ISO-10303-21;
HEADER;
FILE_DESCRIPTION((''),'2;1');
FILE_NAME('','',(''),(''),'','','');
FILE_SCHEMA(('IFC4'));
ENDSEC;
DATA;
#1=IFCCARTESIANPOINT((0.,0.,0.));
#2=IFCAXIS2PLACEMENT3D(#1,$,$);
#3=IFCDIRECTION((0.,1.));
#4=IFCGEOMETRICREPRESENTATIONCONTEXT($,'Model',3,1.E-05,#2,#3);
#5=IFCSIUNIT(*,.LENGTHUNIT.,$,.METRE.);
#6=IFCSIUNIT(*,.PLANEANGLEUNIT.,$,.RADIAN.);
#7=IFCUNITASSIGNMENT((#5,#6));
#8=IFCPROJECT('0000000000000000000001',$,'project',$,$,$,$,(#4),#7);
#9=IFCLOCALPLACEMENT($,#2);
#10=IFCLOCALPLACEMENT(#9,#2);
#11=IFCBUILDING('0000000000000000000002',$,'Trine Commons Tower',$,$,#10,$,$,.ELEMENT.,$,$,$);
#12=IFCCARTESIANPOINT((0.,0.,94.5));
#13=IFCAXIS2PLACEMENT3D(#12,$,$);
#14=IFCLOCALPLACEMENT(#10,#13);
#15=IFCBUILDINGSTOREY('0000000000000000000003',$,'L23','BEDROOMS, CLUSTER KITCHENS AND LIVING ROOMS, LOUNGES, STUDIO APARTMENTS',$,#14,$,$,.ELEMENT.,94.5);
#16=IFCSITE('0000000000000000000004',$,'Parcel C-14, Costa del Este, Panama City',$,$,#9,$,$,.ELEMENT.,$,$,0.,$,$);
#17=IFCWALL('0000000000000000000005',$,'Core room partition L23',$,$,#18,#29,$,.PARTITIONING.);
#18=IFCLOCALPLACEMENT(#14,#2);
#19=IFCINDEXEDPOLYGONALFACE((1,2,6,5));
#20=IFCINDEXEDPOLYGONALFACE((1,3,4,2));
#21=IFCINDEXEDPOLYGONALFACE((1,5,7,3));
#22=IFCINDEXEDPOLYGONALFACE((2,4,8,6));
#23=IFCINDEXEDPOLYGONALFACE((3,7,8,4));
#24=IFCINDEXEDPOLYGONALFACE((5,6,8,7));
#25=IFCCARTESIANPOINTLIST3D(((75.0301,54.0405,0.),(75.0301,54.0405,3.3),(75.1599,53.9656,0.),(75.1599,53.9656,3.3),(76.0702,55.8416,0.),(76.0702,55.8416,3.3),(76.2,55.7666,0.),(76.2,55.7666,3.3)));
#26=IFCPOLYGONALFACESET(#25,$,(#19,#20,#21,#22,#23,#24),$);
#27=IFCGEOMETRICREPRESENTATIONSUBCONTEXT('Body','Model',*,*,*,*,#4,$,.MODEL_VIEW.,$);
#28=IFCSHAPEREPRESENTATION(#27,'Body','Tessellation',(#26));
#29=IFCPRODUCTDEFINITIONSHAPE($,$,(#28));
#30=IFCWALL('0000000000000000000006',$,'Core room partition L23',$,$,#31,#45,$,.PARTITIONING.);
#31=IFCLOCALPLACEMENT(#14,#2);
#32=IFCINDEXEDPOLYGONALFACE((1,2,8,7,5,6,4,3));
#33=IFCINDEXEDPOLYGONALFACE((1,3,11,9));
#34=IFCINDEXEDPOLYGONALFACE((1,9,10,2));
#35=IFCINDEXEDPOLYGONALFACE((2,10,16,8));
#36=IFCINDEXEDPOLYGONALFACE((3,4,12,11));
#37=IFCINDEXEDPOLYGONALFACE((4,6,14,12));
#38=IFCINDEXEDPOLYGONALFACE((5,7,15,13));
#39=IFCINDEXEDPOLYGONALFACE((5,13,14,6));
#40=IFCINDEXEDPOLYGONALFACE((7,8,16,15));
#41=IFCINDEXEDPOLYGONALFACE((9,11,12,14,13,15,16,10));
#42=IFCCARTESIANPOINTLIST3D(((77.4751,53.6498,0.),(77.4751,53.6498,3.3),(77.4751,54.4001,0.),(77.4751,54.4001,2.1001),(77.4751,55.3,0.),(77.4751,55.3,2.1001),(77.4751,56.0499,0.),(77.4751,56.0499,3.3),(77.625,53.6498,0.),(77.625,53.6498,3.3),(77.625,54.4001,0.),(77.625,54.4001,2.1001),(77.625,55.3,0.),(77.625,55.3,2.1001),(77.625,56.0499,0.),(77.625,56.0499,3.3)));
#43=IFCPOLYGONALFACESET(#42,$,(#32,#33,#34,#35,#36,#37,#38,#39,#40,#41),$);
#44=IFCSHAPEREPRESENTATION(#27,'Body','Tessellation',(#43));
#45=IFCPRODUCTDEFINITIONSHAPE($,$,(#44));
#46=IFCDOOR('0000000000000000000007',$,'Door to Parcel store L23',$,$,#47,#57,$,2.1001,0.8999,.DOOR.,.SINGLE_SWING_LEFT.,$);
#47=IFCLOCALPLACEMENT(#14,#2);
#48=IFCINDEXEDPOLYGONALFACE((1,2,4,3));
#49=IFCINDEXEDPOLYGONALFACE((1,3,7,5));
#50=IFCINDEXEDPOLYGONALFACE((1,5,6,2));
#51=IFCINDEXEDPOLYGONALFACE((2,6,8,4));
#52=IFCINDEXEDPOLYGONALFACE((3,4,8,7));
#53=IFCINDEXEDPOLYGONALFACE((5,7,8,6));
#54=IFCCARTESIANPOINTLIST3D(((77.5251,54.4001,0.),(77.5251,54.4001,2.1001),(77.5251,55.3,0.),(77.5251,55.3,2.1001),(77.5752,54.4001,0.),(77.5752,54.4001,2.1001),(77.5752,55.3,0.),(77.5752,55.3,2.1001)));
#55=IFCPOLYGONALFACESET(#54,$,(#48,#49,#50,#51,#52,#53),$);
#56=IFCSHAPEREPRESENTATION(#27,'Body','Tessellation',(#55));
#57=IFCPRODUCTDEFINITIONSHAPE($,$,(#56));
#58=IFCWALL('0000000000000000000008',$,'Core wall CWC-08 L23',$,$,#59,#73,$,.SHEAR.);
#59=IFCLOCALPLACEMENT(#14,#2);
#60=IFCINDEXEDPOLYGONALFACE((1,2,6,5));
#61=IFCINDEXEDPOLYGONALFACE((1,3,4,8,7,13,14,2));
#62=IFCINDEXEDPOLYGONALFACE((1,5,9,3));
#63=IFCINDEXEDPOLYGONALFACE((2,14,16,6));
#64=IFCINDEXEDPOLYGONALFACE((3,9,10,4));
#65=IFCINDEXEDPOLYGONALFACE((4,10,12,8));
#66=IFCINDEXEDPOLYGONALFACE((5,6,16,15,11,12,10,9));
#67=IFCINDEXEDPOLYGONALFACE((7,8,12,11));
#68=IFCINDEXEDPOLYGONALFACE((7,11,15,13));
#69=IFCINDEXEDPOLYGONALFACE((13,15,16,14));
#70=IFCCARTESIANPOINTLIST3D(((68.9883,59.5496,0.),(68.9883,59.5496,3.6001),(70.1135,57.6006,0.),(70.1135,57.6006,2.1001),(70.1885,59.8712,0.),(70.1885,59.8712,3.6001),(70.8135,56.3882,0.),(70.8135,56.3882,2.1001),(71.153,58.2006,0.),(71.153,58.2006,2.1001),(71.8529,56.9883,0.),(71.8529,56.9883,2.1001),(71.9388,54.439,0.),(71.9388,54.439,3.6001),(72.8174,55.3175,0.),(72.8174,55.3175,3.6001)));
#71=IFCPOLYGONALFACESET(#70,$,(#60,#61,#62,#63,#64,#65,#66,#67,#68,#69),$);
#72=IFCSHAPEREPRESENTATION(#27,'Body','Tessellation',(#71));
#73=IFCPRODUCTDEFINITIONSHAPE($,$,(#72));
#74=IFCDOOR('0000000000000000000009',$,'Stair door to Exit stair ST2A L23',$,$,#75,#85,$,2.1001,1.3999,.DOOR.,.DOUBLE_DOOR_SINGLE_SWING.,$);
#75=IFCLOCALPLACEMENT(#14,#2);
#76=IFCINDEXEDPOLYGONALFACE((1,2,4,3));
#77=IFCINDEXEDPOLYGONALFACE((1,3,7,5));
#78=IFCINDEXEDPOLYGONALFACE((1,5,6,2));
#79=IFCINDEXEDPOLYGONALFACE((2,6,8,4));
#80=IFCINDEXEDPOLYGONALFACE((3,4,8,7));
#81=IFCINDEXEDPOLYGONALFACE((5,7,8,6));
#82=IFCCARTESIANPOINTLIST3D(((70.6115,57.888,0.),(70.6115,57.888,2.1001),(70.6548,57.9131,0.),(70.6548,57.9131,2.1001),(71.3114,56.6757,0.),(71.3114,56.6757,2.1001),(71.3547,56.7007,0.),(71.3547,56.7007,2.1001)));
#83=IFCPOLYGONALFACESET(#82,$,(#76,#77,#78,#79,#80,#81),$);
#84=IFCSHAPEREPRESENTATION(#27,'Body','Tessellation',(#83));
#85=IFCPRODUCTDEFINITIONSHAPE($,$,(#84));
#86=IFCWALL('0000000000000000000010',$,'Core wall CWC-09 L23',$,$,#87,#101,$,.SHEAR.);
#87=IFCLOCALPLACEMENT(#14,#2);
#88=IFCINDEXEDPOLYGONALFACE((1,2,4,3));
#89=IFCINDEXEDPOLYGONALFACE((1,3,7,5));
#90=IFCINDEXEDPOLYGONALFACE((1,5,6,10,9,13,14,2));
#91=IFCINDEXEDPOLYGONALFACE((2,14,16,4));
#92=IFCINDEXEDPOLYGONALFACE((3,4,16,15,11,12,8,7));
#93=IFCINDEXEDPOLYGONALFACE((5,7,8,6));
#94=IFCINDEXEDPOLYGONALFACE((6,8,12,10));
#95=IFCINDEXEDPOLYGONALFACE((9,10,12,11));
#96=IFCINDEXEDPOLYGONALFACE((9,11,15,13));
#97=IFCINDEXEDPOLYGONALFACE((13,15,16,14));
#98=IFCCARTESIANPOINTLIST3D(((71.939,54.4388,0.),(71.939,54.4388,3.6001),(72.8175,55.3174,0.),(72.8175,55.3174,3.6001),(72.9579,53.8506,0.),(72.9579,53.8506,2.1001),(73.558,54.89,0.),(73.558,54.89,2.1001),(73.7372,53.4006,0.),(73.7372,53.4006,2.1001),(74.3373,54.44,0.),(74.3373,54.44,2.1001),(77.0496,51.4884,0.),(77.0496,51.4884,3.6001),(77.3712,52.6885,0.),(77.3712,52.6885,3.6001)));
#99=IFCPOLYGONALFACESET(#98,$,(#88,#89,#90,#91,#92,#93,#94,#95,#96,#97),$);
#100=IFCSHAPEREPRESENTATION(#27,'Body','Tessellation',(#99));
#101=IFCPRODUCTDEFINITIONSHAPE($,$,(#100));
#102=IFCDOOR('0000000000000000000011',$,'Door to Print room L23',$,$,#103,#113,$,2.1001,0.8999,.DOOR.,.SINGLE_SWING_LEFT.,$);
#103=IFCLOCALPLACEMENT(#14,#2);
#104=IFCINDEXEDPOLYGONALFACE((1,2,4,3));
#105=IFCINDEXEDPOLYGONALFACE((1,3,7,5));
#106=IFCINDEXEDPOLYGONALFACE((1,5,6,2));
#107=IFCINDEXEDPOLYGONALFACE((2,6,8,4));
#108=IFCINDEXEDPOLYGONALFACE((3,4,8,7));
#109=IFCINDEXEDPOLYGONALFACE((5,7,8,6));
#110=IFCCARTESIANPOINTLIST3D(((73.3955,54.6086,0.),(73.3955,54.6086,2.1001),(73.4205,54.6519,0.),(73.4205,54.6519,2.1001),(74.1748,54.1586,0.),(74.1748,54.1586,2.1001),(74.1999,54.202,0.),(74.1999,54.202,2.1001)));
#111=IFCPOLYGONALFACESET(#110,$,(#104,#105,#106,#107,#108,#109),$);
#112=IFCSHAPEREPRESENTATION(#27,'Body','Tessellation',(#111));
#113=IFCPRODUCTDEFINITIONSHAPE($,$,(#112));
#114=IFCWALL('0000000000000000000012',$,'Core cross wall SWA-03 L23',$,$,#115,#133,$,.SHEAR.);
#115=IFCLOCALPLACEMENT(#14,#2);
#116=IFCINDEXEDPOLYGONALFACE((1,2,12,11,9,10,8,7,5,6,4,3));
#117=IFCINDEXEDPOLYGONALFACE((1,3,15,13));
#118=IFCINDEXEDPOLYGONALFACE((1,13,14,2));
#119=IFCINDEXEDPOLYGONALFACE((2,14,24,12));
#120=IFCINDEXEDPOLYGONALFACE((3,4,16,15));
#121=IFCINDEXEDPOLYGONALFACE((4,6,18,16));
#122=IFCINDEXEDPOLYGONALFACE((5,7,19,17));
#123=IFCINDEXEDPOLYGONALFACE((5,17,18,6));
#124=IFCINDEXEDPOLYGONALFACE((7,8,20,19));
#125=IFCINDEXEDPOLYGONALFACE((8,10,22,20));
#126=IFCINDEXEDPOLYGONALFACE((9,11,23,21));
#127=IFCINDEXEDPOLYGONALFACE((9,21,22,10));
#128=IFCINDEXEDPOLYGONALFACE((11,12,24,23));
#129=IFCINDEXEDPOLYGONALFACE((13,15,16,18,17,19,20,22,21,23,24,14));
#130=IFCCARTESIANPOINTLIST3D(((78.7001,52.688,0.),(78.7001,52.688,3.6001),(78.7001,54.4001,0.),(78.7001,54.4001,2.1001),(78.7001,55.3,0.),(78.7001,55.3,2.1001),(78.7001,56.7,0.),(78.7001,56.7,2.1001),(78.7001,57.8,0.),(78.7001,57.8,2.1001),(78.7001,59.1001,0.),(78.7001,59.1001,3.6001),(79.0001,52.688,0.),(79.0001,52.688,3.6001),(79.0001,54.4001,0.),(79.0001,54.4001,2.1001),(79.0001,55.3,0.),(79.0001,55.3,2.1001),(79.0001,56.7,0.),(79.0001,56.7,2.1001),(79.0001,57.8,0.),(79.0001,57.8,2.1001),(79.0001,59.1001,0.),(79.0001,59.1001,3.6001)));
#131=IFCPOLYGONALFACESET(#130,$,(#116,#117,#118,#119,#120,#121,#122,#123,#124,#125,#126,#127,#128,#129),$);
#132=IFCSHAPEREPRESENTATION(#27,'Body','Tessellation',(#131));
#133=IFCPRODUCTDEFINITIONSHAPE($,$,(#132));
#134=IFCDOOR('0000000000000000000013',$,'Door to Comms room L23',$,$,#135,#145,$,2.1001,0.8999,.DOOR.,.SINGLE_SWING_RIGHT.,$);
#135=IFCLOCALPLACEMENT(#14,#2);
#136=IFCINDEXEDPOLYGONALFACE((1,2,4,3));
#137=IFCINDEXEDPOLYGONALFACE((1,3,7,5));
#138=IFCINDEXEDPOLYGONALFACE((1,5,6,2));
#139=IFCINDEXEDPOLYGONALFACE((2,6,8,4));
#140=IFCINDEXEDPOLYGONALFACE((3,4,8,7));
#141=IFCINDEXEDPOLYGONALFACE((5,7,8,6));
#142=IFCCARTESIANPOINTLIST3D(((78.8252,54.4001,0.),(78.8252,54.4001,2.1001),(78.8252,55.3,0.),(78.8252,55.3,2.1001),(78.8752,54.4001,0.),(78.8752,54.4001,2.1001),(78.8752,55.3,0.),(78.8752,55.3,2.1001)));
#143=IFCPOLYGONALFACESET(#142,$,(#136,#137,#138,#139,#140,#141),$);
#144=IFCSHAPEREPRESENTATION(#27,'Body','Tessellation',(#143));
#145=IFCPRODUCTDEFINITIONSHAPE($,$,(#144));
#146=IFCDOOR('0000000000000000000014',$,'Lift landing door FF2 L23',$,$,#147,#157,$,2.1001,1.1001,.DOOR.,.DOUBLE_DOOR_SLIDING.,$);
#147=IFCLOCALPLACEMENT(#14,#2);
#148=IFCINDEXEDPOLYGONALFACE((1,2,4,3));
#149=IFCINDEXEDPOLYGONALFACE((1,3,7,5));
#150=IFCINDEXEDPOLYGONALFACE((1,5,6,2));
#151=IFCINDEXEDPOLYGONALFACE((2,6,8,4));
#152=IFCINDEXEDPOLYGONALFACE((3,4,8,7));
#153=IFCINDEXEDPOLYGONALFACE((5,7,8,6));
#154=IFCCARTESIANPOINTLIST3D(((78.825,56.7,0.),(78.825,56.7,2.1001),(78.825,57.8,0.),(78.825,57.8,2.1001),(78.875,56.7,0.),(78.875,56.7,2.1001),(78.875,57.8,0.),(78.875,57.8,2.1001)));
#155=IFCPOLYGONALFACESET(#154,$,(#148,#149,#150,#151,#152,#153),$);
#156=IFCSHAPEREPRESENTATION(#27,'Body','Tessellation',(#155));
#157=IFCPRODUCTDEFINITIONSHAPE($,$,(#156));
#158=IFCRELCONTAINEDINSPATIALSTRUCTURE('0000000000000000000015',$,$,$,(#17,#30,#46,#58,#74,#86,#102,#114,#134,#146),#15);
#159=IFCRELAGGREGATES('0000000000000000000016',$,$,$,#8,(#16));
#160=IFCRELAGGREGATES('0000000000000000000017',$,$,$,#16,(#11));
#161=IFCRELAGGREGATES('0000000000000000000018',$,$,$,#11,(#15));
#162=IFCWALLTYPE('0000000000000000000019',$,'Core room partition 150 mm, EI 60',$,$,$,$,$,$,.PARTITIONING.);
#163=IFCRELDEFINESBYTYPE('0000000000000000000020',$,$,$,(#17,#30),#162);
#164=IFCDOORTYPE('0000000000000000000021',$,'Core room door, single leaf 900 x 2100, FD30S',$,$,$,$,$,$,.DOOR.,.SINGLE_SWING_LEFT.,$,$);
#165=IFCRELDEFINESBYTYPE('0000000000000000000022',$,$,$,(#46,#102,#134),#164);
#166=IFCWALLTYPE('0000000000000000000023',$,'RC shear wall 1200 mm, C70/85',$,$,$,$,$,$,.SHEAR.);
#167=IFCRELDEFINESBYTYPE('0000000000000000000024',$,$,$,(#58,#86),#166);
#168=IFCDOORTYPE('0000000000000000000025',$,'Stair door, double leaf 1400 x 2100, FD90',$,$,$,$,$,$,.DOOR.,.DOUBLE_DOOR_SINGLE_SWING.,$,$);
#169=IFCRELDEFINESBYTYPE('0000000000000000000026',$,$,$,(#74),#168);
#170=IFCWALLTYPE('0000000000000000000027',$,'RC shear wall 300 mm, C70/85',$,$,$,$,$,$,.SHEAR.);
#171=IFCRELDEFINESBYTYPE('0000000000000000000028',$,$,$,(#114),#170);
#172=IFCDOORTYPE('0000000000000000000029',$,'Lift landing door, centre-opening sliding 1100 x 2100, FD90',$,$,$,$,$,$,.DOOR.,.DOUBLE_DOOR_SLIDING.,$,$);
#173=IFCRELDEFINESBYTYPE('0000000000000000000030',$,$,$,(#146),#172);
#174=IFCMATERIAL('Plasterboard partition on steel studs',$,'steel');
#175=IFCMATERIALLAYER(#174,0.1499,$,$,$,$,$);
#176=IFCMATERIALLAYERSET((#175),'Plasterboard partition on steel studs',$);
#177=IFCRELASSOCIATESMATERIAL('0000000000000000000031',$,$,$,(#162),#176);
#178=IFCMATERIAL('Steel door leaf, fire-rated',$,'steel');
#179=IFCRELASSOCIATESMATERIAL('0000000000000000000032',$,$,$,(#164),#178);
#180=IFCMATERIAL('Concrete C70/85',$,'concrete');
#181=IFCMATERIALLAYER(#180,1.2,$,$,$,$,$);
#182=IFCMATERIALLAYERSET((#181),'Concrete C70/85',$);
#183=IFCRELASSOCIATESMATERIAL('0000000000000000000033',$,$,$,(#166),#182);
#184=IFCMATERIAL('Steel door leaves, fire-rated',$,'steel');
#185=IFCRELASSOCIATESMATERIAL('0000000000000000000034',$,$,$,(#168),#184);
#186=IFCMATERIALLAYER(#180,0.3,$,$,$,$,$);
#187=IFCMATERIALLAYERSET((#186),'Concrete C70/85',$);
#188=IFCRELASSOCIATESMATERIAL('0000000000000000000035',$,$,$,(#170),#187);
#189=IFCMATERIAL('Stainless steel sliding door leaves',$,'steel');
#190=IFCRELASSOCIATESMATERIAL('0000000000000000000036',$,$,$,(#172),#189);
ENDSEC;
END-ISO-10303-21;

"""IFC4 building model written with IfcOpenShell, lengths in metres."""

from ifc_helpers import new_model, si_unit, direction, frame, frame_2d, origin, place, context, subcontext, project, spatial, polyline, rectangle, outline, extrude, material, layer, layer_set, type_object, element, fill, save


model = new_model("IFC4")

# Units and contexts
model_context = context("Model", 3, precision=1e-05, world=origin(), true_north=direction((0.0, 1.0)))
body_context = subcontext(model_context, "Body", "Model", "MODEL_VIEW")
ifc_project = project(units=[si_unit("LENGTHUNIT", "METRE"), si_unit("PLANEANGLEUNIT", "RADIAN")], contexts=[model_context])

# Site, building, storey
site_placement = place(None, origin())
site = spatial("IfcSite", under=ifc_project, at=site_placement, Name="Parcel C-14, Costa del Este, Panama City", CompositionType="ELEMENT", RefElevation=0.0)
building_placement = place(site_placement, origin())
building = spatial("IfcBuilding", under=site, at=building_placement, Name="Trine Commons Tower", CompositionType="ELEMENT")
storey_placement = place(building_placement, frame((0.0, 0.0, 94.5)))
storey = spatial("IfcBuildingStorey", under=building, at=storey_placement, Name="L23", Description="BEDROOMS, CLUSTER KITCHENS AND LIVING ROOMS, LOUNGES, STUDIO APARTMENTS", CompositionType="ELEMENT", Elevation=94.5)

# Wall
ifc_material_1 = material(Name="Plasterboard partition on steel studs", Category="steel")
ifc_layer_1 = layer(ifc_material_1, 0.1499)
ifc_layer_set_1 = layer_set([ifc_layer_1], Name="Plasterboard partition on steel studs")
wall_type_1 = type_object("IfcWallType", Name="Core room partition 150 mm, EI 60", PredefinedType="PARTITIONING", material=ifc_layer_set_1)
wall_1_placement = place(storey_placement, frame((75.095, 54.0029, 0.0), z_axis=(0.0, 0.0, 1.0), x_axis=(0.500078, 0.86598, 0.0)))
element("IfcWall", 1, at=wall_1_placement, inside=storey, type_object=wall_type_1, Name="Core room partition L23", PredefinedType="PARTITIONING", context=body_context, shape_type="SweptSolid", body=[
    extrude(rectangle(XDim=2.0798, YDim=0.1499, at=frame_2d((1.04, 0.0))), origin(), (0.0, 0.0, 1.0), 3.3),
])

# Walls, openings, doors
wall_2_placement = place(storey_placement, frame((77.55, 56.05, 0.0), z_axis=(0.0, 0.0, 1.0), x_axis=(0.0, -1.0, 0.0)))
wall_2 = element("IfcWall", 2, at=wall_2_placement, inside=storey, type_object=wall_type_1, Name="Core room partition L23", PredefinedType="PARTITIONING", context=body_context, shape_type="SweptSolid", body=[
    extrude(rectangle(XDim=2.4001, YDim=0.1499, at=frame_2d((1.2002, 0.0))), origin(), (0.0, 0.0, 1.0), 3.3),
])
opening_1_placement = place(wall_2_placement, frame((0.75, 0.0, 0.0)))
opening_1 = element("IfcOpeningElement", 3, at=opening_1_placement, cuts=wall_2, PredefinedType="OPENING", context=body_context, shape_type="SweptSolid", body=[
    extrude(rectangle(XDim=0.8999, YDim=2.1001, at=frame_2d((0.45, 1.05))), frame((0.0, 0.085, 0.0), z_axis=(0.0, -1.0, 0.0), x_axis=(1.0, 0.0, 0.0)), (0.0, 0.0, 1.0), 0.1699),
])
ifc_material_2 = material(Name="Steel door leaf, fire-rated", Category="steel")
door_type_1 = type_object("IfcDoorType", Name="Core room door, single leaf 900 x 2100, FD30S", OperationType="SINGLE_SWING_LEFT", PredefinedType="DOOR", material=ifc_material_2)
door_1_placement = place(opening_1_placement, frame((0.8999, 0.0, 0.0), z_axis=(0.0, 0.0, 1.0), x_axis=(-1.0, 0.0, 0.0)))
door_1 = element("IfcDoor", 4, at=door_1_placement, inside=storey, type_object=door_type_1, Name="Door to Parcel store L23", OperationType="SINGLE_SWING_LEFT", OverallHeight=2.1001, OverallWidth=0.8999, PredefinedType="DOOR", context=body_context, shape_type="SweptSolid", body=[
    extrude(rectangle(XDim=0.8999, YDim=2.1001, at=frame_2d((0.45, 1.05))), frame((0.0, 0.0249, 0.0), z_axis=(0.0, -1.0, 0.0), x_axis=(1.0, 0.0, 0.0)), (0.0, 0.0, 1.0), 0.05),
])
fill(opening_1, door_1)
ifc_material_3 = material(Name="Concrete C70/85", Category="concrete")
ifc_layer_2 = layer(ifc_material_3, 1.2)
ifc_layer_set_2 = layer_set([ifc_layer_2], Name="Concrete C70/85")
wall_type_2 = type_object("IfcWallType", Name="RC shear wall 1200 mm, C70/85", PredefinedType="SHEAR", material=ifc_layer_set_2)
wall_3_placement = place(storey_placement, frame((69.5081, 59.8496, 0.0), z_axis=(0.0, 0.0, 1.0), x_axis=(0.499979, -0.866037, 0.0)))
wall_3 = element("IfcWall", 5, at=wall_3_placement, inside=storey, type_object=wall_type_2, Name="Core wall CWC-08 L23", PredefinedType="SHEAR", context=body_context, shape_type="SweptSolid", body=[
    extrude(outline(polyline([(0.0, -0.6001), (5.9011, -0.6001), (5.5796, 0.6001), (0.3215, 0.6001), (0.0, -0.6001)])), origin(), (0.0, 0.0, 1.0), 3.6001),
])
opening_2_placement = place(wall_3_placement, frame((2.2505, 0.0, 0.0)))
opening_2 = element("IfcOpeningElement", 6, at=opening_2_placement, cuts=wall_3, PredefinedType="OPENING", context=body_context, shape_type="SweptSolid", body=[
    extrude(rectangle(XDim=1.3999, YDim=2.1001, at=frame_2d((0.7, 1.05))), frame((0.0, 0.6099, 0.0), z_axis=(0.0, -1.0, 0.0), x_axis=(1.0, 0.0, 0.0)), (0.0, 0.0, 1.0), 1.22),
])
ifc_material_4 = material(Name="Steel door leaves, fire-rated", Category="steel")
door_type_2 = type_object("IfcDoorType", Name="Stair door, double leaf 1400 x 2100, FD90", OperationType="DOUBLE_DOOR_SINGLE_SWING", PredefinedType="DOOR", material=ifc_material_4)
door_2_placement = place(opening_2_placement, origin())
door_2 = element("IfcDoor", 7, at=door_2_placement, inside=storey, type_object=door_type_2, Name="Stair door to Exit stair ST2A L23", OperationType="DOUBLE_DOOR_SINGLE_SWING", OverallHeight=2.1001, OverallWidth=1.3999, PredefinedType="DOOR", context=body_context, shape_type="SweptSolid", body=[
    extrude(rectangle(XDim=1.3999, YDim=2.1001, at=frame_2d((0.7, 1.05))), frame((0.0, 0.0249, 0.0), z_axis=(0.0, -1.0, 0.0), x_axis=(1.0, 0.0, 0.0)), (0.0, 0.0, 1.0), 0.05),
])
fill(opening_2, door_2)
wall_4_placement = place(storey_placement, frame((72.239, 54.9585, 0.0), z_axis=(0.0, 0.0, 1.0), x_axis=(0.866037, -0.499979, 0.0)))
wall_4 = element("IfcWall", 8, at=wall_4_placement, inside=storey, type_object=wall_type_2, Name="Core wall CWC-09 L23", PredefinedType="SHEAR", context=body_context, shape_type="SweptSolid", body=[
    extrude(outline(polyline([(0.0, -0.6001), (5.9011, -0.6001), (5.5796, 0.6001), (0.3215, 0.6001), (0.0, -0.6001)])), origin(), (0.0, 0.0, 1.0), 3.6001),
])
opening_3_placement = place(wall_4_placement, frame((1.1765, 0.0, 0.0)))
opening_3 = element("IfcOpeningElement", 9, at=opening_3_placement, cuts=wall_4, PredefinedType="OPENING", context=body_context, shape_type="SweptSolid", body=[
    extrude(rectangle(XDim=0.8999, YDim=2.1001, at=frame_2d((0.45, 1.05))), frame((0.0, 0.6099, 0.0), z_axis=(0.0, -1.0, 0.0), x_axis=(1.0, 0.0, 0.0)), (0.0, 0.0, 1.0), 1.22),
])
door_3_placement = place(opening_3_placement, origin())
door_3 = element("IfcDoor", 10, at=door_3_placement, inside=storey, type_object=door_type_1, Name="Door to Print room L23", OperationType="SINGLE_SWING_LEFT", OverallHeight=2.1001, OverallWidth=0.8999, PredefinedType="DOOR", context=body_context, shape_type="SweptSolid", body=[
    extrude(rectangle(XDim=0.8999, YDim=2.1001, at=frame_2d((0.45, 1.05))), frame((0.0, 0.3252, 0.0), z_axis=(0.0, -1.0, 0.0), x_axis=(1.0, 0.0, 0.0)), (0.0, 0.0, 1.0), 0.05),
])
fill(opening_3, door_3)

# Wall, openings, doors
ifc_layer_3 = layer(ifc_material_3, 0.3)
ifc_layer_set_3 = layer_set([ifc_layer_3], Name="Concrete C70/85")
wall_type_3 = type_object("IfcWallType", Name="RC shear wall 300 mm, C70/85", PredefinedType="SHEAR", material=ifc_layer_set_3)
wall_5_placement = place(storey_placement, frame((78.8501, 59.1001, 0.0), z_axis=(0.0, 0.0, 1.0), x_axis=(0.0, -1.0, 0.0)))
wall_5 = element("IfcWall", 11, at=wall_5_placement, inside=storey, type_object=wall_type_3, Name="Core cross wall SWA-03 L23", PredefinedType="SHEAR", context=body_context, shape_type="SweptSolid", body=[
    extrude(rectangle(XDim=6.4121, YDim=0.3, at=frame_2d((3.2061, 0.0))), origin(), (0.0, 0.0, 1.0), 3.6001),
])
opening_4_placement = place(wall_5_placement, frame((3.8, 0.0, 0.0)))
opening_4 = element("IfcOpeningElement", 12, at=opening_4_placement, cuts=wall_5, PredefinedType="OPENING", context=body_context, shape_type="SweptSolid", body=[
    extrude(rectangle(XDim=0.8999, YDim=2.1001, at=frame_2d((0.45, 1.05))), frame((0.0, 0.1599, 0.0), z_axis=(0.0, -1.0, 0.0), x_axis=(1.0, 0.0, 0.0)), (0.0, 0.0, 1.0), 0.3201),
])
opening_5_placement = place(wall_5_placement, frame((1.3, 0.0, 0.0)))
opening_5 = element("IfcOpeningElement", 13, at=opening_5_placement, cuts=wall_5, PredefinedType="OPENING", context=body_context, shape_type="SweptSolid", body=[
    extrude(rectangle(XDim=1.1001, YDim=2.1001, at=frame_2d((0.55, 1.05))), frame((0.0, 0.1599, 0.0), z_axis=(0.0, -1.0, 0.0), x_axis=(1.0, 0.0, 0.0)), (0.0, 0.0, 1.0), 0.3201),
])
door_4_placement = place(opening_4_placement, frame((0.8999, 0.0, 0.0), z_axis=(0.0, 0.0, 1.0), x_axis=(-1.0, 0.0, 0.0)))
door_4 = element("IfcDoor", 14, at=door_4_placement, inside=storey, type_object=door_type_1, Name="Door to Comms room L23", OperationType="SINGLE_SWING_RIGHT", OverallHeight=2.1001, OverallWidth=0.8999, PredefinedType="DOOR", context=body_context, shape_type="SweptSolid", body=[
    extrude(rectangle(XDim=0.8999, YDim=2.1001, at=frame_2d((0.45, 1.05))), frame((0.0, 0.0249, 0.0), z_axis=(0.0, -1.0, 0.0), x_axis=(1.0, 0.0, 0.0)), (0.0, 0.0, 1.0), 0.05),
])
fill(opening_4, door_4)
ifc_material_5 = material(Name="Stainless steel sliding door leaves", Category="steel")
door_type_3 = type_object("IfcDoorType", Name="Lift landing door, centre-opening sliding 1100 x 2100, FD90", OperationType="DOUBLE_DOOR_SLIDING", PredefinedType="DOOR", material=ifc_material_5)
door_5_placement = place(opening_5_placement, origin())
door_5 = element("IfcDoor", 15, at=door_5_placement, inside=storey, type_object=door_type_3, Name="Lift landing door FF2 L23", OperationType="DOUBLE_DOOR_SLIDING", OverallHeight=2.1001, OverallWidth=1.1001, PredefinedType="DOOR", context=body_context, shape_type="SweptSolid", body=[
    extrude(rectangle(XDim=1.1001, YDim=2.1001, at=frame_2d((0.55, 1.05))), frame((0.0, 0.0249, 0.0), z_axis=(0.0, -1.0, 0.0), x_axis=(1.0, 0.0, 0.0)), (0.0, 0.0, 1.0), 0.05),
])
fill(opening_5, door_5)

save(model, "model.ifc")
